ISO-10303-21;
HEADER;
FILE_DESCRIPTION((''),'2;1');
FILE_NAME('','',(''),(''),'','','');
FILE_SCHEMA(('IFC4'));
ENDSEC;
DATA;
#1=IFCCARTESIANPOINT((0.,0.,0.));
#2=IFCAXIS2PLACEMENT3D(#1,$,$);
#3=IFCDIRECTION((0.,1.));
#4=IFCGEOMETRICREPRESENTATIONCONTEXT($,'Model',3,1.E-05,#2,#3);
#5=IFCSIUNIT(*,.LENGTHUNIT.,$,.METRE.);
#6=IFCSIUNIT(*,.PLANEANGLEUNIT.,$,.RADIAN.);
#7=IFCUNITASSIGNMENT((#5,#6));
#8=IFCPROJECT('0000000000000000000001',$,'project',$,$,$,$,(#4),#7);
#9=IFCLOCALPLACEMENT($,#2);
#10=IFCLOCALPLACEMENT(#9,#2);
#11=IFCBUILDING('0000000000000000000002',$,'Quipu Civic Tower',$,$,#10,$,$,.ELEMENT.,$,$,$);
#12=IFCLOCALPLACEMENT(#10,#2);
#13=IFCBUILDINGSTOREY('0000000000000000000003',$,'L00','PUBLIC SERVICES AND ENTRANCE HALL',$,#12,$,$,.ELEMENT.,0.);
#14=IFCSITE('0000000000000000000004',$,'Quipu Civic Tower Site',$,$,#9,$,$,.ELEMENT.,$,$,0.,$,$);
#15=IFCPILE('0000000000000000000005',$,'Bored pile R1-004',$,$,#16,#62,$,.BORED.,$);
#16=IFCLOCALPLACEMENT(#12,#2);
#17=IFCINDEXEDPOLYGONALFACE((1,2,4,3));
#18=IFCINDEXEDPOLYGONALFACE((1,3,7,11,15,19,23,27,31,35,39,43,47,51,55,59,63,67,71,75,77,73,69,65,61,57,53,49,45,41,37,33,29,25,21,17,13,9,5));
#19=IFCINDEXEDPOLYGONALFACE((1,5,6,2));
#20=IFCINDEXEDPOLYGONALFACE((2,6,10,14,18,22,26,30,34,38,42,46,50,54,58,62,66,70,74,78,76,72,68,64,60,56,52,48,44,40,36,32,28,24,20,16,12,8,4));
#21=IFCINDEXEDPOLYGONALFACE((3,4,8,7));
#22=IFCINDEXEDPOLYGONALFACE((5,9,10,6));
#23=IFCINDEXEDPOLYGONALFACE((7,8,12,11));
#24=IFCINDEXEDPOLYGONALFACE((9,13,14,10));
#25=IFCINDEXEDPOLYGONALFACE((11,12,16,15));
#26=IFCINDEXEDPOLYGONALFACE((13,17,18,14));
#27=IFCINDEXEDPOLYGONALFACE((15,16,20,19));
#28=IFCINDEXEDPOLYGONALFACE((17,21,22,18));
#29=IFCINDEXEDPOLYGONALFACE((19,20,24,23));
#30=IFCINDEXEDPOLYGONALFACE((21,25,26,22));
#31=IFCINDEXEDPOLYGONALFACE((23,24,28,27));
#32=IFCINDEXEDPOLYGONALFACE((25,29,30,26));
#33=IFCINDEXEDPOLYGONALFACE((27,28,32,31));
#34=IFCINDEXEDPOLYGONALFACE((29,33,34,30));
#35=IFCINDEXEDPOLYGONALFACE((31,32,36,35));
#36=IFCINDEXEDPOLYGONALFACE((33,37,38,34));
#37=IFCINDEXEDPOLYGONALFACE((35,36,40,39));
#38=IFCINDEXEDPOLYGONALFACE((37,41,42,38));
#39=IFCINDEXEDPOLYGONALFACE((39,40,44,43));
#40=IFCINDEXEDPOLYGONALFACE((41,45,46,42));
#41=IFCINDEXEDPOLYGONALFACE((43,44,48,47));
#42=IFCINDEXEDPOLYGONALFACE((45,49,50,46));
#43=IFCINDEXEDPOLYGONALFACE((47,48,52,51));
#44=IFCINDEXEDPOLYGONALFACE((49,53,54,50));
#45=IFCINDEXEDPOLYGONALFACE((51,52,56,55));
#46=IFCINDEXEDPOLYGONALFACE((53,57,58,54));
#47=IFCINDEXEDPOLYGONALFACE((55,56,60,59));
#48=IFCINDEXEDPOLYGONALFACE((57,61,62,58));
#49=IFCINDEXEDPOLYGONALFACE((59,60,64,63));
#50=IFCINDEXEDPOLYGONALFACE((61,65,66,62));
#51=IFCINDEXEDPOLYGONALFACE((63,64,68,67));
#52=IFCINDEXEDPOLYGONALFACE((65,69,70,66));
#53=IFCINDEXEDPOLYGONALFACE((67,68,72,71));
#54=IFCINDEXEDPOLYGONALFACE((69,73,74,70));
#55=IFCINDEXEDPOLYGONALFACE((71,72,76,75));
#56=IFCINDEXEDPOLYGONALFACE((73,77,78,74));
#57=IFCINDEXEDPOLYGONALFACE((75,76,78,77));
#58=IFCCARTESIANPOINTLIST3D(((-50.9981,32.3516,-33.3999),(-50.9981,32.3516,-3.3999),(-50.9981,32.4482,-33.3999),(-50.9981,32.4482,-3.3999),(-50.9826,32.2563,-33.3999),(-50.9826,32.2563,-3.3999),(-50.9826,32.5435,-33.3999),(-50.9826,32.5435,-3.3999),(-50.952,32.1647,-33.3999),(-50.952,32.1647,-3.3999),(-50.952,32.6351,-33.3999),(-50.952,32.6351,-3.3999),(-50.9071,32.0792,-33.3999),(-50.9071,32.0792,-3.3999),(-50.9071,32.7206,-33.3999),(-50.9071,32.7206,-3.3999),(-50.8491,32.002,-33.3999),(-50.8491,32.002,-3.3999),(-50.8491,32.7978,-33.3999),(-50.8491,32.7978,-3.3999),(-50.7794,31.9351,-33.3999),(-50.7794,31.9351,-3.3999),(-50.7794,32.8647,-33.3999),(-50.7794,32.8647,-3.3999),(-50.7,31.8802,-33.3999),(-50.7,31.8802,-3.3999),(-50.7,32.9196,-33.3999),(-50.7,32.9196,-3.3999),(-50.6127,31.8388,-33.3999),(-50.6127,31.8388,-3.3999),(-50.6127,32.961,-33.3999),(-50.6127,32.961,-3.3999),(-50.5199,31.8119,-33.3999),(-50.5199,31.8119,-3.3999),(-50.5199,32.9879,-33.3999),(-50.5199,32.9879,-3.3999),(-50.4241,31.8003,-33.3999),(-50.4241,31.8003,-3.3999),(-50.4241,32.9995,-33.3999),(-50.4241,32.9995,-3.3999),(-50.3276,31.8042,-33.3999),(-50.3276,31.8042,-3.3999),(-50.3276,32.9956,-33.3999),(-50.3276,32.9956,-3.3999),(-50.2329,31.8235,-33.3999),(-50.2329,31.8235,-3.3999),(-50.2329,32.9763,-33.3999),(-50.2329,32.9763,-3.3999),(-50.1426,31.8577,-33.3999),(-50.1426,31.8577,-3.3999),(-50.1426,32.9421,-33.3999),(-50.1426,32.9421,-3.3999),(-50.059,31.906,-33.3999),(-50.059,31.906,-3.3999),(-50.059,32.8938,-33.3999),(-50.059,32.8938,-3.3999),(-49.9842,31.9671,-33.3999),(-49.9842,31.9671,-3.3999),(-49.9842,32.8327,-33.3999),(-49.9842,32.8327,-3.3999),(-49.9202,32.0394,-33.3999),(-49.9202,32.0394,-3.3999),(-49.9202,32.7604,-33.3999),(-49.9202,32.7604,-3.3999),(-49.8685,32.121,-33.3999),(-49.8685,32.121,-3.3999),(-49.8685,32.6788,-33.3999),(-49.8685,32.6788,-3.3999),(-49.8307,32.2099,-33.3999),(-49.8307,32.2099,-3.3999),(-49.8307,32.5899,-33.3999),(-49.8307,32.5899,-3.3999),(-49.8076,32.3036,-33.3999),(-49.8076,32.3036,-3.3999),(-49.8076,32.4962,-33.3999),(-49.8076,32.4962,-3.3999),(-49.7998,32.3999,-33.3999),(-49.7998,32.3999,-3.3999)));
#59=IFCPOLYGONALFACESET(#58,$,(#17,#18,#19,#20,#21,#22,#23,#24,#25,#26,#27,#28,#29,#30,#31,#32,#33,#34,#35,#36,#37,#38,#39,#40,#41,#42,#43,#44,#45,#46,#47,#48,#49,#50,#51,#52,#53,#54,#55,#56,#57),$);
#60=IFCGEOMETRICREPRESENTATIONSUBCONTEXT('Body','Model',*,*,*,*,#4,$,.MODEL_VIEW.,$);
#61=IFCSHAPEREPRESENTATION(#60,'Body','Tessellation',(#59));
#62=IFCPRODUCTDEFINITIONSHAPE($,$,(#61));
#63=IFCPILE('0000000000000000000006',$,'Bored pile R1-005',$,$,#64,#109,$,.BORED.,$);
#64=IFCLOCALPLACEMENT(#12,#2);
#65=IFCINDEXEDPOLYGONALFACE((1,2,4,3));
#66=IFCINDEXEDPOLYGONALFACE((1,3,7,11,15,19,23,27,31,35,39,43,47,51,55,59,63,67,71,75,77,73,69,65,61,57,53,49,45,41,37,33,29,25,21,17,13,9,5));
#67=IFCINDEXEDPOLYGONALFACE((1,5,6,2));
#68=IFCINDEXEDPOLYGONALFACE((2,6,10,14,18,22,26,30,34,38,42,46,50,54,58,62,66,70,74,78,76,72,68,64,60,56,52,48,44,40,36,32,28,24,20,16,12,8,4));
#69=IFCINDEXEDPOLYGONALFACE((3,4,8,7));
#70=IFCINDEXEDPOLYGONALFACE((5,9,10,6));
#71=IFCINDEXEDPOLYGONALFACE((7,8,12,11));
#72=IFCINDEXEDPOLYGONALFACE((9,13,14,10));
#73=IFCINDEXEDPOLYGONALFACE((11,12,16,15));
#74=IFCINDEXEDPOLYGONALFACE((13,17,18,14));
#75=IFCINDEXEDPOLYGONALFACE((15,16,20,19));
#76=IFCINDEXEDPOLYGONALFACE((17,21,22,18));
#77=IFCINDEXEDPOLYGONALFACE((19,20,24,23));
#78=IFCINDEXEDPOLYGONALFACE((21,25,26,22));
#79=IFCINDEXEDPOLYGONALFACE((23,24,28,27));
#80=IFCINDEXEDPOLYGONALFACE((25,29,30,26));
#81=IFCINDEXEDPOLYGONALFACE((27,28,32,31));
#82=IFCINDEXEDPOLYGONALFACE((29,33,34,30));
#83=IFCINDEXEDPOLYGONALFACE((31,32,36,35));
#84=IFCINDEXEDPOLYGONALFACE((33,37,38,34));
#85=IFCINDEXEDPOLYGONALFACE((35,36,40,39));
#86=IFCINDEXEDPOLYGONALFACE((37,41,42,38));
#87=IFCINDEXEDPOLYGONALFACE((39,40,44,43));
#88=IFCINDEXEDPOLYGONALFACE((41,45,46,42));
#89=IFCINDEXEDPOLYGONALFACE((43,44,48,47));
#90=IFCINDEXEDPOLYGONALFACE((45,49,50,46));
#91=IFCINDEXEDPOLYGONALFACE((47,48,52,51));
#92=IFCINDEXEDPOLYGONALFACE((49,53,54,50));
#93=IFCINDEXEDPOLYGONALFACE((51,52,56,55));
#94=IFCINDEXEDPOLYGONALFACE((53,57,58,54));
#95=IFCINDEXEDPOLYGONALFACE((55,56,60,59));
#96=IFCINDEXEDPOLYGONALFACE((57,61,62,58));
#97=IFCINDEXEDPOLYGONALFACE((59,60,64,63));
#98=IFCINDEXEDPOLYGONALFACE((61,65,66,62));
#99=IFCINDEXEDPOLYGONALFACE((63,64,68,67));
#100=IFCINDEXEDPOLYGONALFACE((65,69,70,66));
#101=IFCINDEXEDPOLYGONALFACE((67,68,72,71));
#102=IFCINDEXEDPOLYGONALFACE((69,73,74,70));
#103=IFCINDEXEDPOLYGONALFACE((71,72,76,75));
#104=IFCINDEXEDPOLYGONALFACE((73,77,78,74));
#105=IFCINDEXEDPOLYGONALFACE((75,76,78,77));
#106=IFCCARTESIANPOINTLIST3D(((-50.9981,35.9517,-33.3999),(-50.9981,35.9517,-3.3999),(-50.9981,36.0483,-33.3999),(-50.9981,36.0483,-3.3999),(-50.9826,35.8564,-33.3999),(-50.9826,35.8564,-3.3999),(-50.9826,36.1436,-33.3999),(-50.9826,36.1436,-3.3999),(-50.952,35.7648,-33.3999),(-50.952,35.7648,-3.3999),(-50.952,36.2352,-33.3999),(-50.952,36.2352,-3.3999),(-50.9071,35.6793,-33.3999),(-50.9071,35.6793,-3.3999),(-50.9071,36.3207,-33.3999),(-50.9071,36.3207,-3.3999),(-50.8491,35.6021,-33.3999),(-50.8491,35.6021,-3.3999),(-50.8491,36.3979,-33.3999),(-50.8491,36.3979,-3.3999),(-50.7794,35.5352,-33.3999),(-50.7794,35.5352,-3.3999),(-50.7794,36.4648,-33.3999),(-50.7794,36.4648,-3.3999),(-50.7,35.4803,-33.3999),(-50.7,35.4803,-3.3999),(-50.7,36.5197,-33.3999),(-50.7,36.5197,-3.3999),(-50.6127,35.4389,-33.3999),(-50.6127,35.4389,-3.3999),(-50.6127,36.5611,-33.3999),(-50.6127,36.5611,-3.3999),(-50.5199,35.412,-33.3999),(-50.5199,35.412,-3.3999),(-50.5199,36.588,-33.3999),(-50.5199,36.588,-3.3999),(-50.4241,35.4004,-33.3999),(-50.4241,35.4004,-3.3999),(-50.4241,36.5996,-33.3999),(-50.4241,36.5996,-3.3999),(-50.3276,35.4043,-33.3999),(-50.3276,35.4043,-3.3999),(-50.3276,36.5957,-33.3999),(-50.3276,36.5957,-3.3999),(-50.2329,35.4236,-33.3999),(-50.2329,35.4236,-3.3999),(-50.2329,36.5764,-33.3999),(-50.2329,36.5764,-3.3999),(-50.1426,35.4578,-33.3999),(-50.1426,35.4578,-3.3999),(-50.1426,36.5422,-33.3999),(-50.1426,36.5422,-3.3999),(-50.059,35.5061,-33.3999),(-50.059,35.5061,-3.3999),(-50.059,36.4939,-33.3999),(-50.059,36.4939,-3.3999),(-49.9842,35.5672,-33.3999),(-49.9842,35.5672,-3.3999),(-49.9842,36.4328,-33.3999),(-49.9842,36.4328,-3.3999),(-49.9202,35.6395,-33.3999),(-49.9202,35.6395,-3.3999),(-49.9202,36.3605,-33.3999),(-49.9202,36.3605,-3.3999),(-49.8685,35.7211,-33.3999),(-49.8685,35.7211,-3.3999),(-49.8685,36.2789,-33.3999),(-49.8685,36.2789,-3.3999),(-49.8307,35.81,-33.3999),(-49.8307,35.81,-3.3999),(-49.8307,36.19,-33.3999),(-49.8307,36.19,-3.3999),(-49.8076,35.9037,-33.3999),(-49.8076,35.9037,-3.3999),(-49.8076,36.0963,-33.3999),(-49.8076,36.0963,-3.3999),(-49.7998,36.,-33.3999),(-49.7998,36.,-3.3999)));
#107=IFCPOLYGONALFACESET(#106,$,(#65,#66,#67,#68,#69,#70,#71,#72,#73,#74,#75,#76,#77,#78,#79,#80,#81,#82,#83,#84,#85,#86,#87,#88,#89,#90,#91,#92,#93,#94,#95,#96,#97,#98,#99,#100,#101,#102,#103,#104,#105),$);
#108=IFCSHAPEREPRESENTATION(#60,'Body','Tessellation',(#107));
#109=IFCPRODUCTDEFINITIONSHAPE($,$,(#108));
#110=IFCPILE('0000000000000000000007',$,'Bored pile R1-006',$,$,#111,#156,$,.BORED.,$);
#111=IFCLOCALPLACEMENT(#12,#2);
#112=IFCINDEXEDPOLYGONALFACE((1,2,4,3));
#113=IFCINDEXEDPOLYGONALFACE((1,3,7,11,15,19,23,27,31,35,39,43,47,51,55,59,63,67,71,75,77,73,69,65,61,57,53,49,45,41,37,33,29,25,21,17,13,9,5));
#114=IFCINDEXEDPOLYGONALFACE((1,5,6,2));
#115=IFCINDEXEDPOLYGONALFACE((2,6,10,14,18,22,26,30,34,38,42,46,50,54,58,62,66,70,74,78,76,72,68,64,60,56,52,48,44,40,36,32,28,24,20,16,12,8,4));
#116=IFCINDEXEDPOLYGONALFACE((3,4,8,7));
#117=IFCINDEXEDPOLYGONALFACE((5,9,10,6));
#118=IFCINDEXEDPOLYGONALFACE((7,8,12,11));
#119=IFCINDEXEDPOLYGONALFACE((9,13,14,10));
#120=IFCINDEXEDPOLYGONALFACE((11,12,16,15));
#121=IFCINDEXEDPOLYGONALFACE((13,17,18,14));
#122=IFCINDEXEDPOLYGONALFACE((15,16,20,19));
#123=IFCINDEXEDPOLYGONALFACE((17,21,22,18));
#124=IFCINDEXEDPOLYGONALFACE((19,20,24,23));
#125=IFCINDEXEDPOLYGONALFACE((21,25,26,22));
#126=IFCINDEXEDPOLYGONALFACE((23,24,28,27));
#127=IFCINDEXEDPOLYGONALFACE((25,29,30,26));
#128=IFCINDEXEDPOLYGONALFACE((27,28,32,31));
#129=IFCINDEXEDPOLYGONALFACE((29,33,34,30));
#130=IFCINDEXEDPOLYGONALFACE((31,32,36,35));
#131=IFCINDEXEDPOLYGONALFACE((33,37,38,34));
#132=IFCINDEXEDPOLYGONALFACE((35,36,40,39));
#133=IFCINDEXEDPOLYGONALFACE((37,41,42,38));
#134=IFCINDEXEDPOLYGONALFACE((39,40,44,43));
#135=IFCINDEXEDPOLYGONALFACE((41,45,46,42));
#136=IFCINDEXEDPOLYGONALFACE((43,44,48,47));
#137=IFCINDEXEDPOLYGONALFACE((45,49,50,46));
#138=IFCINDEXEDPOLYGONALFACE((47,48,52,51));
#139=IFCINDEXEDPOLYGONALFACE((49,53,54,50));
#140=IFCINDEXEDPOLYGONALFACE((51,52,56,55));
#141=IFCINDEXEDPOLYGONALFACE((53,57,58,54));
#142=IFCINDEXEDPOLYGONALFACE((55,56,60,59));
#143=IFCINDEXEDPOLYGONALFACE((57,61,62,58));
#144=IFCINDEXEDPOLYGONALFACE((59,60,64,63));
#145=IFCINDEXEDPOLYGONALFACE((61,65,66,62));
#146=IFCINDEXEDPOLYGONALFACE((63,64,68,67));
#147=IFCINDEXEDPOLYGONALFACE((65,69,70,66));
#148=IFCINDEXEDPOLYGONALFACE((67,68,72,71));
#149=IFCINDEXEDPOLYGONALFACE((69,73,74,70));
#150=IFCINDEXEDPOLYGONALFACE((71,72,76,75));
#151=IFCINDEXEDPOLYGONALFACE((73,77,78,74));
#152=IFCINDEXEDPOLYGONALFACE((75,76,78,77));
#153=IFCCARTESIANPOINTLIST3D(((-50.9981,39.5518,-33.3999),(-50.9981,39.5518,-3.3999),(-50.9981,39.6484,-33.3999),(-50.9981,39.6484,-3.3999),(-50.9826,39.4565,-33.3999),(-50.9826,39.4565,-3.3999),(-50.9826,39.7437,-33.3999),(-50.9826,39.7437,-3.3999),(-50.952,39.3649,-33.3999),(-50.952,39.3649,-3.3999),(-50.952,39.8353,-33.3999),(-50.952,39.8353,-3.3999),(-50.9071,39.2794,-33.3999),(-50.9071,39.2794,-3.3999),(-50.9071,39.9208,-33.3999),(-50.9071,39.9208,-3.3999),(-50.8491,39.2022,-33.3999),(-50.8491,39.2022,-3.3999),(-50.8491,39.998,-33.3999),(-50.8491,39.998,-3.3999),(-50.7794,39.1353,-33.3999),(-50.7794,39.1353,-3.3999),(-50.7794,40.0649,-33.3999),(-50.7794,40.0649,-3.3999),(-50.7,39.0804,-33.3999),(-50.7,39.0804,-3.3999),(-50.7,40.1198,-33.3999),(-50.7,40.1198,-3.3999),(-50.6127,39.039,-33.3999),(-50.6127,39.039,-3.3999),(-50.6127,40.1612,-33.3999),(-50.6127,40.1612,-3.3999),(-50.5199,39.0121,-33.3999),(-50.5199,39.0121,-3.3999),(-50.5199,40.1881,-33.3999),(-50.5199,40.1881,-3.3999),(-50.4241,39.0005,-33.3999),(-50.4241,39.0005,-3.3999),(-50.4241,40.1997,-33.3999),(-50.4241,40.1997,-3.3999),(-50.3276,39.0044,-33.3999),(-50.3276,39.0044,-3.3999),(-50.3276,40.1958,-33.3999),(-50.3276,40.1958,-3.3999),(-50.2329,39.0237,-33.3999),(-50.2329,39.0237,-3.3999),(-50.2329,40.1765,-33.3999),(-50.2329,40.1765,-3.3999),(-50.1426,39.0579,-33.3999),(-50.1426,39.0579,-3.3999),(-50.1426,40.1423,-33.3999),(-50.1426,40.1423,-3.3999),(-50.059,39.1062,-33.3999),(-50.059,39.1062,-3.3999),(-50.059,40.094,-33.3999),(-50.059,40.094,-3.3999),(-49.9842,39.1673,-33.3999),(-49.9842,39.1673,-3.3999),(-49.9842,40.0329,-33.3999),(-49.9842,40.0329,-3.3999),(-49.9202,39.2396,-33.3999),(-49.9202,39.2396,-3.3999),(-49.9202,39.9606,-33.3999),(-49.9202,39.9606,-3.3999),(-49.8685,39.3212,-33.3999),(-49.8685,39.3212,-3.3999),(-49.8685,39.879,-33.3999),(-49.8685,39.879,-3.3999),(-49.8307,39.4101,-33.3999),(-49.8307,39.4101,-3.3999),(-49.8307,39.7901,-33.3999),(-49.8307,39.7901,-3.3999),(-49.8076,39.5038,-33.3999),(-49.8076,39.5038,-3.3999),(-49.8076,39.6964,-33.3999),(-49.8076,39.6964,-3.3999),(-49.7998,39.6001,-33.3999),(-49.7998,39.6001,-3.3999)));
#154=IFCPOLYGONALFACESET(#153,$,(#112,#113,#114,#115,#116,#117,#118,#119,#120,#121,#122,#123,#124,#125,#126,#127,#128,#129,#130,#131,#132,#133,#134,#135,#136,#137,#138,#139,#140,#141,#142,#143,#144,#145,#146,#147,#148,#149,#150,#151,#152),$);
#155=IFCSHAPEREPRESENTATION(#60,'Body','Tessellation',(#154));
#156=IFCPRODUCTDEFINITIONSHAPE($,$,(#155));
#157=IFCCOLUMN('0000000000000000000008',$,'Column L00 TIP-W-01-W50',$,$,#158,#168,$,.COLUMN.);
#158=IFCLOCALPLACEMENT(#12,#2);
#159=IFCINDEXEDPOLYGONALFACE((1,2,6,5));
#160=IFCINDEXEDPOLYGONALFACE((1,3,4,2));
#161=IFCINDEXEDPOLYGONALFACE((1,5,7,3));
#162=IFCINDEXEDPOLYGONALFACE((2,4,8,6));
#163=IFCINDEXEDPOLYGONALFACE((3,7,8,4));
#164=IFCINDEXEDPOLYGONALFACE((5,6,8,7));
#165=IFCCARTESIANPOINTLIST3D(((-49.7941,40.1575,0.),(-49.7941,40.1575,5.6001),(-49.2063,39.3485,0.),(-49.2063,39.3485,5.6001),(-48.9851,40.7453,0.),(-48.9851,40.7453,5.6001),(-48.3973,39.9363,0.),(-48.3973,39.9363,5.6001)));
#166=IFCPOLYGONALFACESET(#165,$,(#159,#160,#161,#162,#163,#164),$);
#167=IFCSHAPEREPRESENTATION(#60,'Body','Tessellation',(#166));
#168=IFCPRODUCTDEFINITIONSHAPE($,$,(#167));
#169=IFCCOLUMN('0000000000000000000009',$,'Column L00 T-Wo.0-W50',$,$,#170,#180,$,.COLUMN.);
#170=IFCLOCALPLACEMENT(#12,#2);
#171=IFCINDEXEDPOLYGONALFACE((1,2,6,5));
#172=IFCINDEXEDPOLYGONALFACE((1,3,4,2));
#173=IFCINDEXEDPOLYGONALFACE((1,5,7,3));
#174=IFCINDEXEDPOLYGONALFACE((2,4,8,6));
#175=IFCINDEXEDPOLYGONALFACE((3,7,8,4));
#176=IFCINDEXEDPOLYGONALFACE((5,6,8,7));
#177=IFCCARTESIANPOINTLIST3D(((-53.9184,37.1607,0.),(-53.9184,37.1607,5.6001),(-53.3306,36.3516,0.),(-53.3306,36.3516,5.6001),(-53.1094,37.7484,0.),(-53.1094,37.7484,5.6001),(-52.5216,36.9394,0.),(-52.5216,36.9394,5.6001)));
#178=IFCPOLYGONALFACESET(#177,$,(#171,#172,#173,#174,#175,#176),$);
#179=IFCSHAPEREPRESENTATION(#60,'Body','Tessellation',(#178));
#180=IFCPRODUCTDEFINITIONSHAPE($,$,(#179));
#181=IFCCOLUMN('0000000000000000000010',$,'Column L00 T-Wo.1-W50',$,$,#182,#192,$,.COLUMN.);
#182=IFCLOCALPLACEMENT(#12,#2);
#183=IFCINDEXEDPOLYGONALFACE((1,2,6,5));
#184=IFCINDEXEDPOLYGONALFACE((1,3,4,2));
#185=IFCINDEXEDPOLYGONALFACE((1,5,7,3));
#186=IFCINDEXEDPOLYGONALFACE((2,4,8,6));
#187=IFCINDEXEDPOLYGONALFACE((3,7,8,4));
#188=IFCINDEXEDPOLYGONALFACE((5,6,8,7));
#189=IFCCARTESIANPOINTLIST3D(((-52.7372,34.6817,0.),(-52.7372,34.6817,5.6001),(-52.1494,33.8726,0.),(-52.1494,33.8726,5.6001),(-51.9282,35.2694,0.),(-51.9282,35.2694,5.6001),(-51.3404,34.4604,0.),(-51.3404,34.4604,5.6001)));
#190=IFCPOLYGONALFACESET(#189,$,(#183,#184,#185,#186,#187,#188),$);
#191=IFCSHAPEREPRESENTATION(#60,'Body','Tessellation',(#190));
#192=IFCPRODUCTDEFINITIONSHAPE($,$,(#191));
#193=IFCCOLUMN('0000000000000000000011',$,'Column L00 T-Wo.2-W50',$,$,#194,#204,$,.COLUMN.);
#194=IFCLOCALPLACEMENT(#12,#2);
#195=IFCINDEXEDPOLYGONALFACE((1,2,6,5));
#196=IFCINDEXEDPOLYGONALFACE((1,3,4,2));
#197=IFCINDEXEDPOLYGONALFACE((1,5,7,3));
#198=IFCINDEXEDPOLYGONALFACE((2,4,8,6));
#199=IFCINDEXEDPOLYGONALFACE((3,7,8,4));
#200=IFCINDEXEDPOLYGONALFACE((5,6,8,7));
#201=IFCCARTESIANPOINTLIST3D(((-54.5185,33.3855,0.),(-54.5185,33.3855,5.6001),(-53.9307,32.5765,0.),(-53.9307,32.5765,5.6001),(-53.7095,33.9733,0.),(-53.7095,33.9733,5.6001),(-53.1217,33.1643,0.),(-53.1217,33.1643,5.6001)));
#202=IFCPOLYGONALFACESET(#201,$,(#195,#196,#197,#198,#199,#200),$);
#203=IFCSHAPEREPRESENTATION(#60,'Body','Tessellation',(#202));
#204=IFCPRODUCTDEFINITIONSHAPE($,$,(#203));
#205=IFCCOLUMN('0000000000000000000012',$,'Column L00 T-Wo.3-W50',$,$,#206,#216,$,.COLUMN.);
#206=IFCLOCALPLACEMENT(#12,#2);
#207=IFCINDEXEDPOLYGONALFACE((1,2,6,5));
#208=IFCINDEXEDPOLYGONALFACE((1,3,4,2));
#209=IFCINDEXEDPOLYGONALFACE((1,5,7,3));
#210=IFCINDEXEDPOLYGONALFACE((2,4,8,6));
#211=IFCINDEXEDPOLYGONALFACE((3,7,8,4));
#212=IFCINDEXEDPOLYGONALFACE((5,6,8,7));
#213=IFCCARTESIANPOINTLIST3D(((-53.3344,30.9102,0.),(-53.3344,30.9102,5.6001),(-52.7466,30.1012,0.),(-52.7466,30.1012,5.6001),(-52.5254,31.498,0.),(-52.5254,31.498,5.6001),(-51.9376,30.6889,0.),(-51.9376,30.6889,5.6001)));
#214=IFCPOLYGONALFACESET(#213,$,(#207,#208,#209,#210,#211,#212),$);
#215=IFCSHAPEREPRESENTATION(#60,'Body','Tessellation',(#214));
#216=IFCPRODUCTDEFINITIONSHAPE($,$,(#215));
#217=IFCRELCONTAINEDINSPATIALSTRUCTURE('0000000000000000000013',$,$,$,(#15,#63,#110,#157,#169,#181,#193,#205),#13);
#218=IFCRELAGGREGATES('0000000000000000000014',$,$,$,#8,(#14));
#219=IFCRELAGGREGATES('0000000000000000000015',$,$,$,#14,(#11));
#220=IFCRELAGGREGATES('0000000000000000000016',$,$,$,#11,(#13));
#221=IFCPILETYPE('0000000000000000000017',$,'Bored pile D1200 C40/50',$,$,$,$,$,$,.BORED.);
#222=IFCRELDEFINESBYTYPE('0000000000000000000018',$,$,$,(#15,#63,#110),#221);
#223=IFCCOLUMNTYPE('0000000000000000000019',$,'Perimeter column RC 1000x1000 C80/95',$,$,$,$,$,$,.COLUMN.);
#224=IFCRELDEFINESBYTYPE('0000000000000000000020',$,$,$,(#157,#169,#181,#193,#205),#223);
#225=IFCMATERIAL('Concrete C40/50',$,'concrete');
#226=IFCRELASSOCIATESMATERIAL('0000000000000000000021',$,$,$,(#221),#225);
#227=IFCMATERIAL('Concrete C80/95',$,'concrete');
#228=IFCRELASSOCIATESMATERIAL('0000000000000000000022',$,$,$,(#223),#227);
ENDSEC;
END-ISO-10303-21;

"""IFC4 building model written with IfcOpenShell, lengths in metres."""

from ifc_helpers import new_model, si_unit, direction, frame, origin, origin_2d, place, context, subcontext, project, spatial, rectangle, circle, extrude, material, material_profile, profile_set, type_object, element, save


model = new_model("IFC4")

# Units and contexts
model_context = context("Model", 3, precision=1e-05, world=origin(), true_north=direction((0.0, 1.0)))
body_context = subcontext(model_context, "Body", "Model", "MODEL_VIEW")
ifc_project = project(units=[si_unit("LENGTHUNIT", "METRE"), si_unit("PLANEANGLEUNIT", "RADIAN")], contexts=[model_context])

# Site, building, storey
site_placement = place(None, origin())
site = spatial("IfcSite", under=ifc_project, at=site_placement, Name="Quipu Civic Tower Site", CompositionType="ELEMENT", RefElevation=0.0)
building_placement = place(site_placement, origin())
building = spatial("IfcBuilding", under=site, at=building_placement, Name="Quipu Civic Tower", CompositionType="ELEMENT")
storey_placement = place(building_placement, origin())
storey = spatial("IfcBuildingStorey", under=building, at=storey_placement, Name="L00", Description="PUBLIC SERVICES AND ENTRANCE HALL", CompositionType="ELEMENT", Elevation=0.0)

# Piles
ifc_material_1 = material(Name="Concrete C40/50", Category="concrete")
ifc_material_profile_1 = material_profile(ifc_material_1, circle(Radius=0.6001, at=origin_2d()), Name="RCD1200")
ifc_profile_set_1 = profile_set([ifc_material_profile_1], Name="Concrete C40/50")
pile_type = type_object("IfcPileType", Name="Bored pile D1200 C40/50", PredefinedType="BORED", material=ifc_profile_set_1)
for number, where, z_axis, x_axis, name in (
    (1, (-50.3999, 32.3999, -3.3999), (0.0, 0.0, -1.0), (1.0, 0.0, 0.0), "Bored pile R1-004"),
    (2, (-50.3999, 36.0, -3.3999), (0.0, 0.0, -1.0), (1.0, 0.0, 0.0), "Bored pile R1-005"),
    (3, (-50.3999, 39.6001, -3.3999), (0.0, 0.0, -1.0), (1.0, 0.0, 0.0), "Bored pile R1-006"),
):
    element("IfcPile", number, at=place(storey_placement, frame(where, z_axis=z_axis, x_axis=x_axis)), inside=storey, type_object=pile_type, Name=name, PredefinedType="BORED", context=body_context, shape_type="SweptSolid", body=[
        extrude(circle(Radius=0.6001, at=origin_2d()), origin(), (0.0, 0.0, 1.0), 30.0),
    ])

# Columns
ifc_material_2 = material(Name="Concrete C80/95", Category="concrete")
ifc_material_profile_2 = material_profile(ifc_material_2, rectangle(XDim=1.0, YDim=1.0, at=origin_2d()), Name="RC1000x1000")
ifc_profile_set_2 = profile_set([ifc_material_profile_2], Name="Concrete C80/95")
column_type = type_object("IfcColumnType", Name="Perimeter column RC 1000x1000 C80/95", PredefinedType="COLUMN", material=ifc_profile_set_2)
for number, where, z_axis, x_axis, name in (
    (4, (-49.0957, 40.0469, 0.0), (0.0, 0.0, 1.0), (-0.809017, -0.587785, 0.0), "Column L00 TIP-W-01-W50"),
    (5, (-53.22, 37.05, 0.0), (0.0, 0.0, 1.0), (0.587785, -0.809017, 0.0), "Column L00 T-Wo.0-W50"),
    (6, (-52.0388, 34.571, 0.0), (0.0, 0.0, 1.0), (-0.809017, -0.587785, 0.0), "Column L00 T-Wo.1-W50"),
    (7, (-53.8201, 33.2749, 0.0), (0.0, 0.0, 1.0), (0.587785, -0.809017, 0.0), "Column L00 T-Wo.2-W50"),
    (8, (-52.636, 30.7996, 0.0), (0.0, 0.0, 1.0), (-0.809017, -0.587785, 0.0), "Column L00 T-Wo.3-W50"),
):
    element("IfcColumn", number, at=place(storey_placement, frame(where, z_axis=z_axis, x_axis=x_axis)), inside=storey, type_object=column_type, Name=name, PredefinedType="COLUMN", context=body_context, shape_type="SweptSolid", body=[
        extrude(rectangle(XDim=1.0, YDim=1.0, at=origin_2d()), origin(), (0.0, 0.0, 1.0), 5.6001),
    ])

save(model, "model.ifc")
